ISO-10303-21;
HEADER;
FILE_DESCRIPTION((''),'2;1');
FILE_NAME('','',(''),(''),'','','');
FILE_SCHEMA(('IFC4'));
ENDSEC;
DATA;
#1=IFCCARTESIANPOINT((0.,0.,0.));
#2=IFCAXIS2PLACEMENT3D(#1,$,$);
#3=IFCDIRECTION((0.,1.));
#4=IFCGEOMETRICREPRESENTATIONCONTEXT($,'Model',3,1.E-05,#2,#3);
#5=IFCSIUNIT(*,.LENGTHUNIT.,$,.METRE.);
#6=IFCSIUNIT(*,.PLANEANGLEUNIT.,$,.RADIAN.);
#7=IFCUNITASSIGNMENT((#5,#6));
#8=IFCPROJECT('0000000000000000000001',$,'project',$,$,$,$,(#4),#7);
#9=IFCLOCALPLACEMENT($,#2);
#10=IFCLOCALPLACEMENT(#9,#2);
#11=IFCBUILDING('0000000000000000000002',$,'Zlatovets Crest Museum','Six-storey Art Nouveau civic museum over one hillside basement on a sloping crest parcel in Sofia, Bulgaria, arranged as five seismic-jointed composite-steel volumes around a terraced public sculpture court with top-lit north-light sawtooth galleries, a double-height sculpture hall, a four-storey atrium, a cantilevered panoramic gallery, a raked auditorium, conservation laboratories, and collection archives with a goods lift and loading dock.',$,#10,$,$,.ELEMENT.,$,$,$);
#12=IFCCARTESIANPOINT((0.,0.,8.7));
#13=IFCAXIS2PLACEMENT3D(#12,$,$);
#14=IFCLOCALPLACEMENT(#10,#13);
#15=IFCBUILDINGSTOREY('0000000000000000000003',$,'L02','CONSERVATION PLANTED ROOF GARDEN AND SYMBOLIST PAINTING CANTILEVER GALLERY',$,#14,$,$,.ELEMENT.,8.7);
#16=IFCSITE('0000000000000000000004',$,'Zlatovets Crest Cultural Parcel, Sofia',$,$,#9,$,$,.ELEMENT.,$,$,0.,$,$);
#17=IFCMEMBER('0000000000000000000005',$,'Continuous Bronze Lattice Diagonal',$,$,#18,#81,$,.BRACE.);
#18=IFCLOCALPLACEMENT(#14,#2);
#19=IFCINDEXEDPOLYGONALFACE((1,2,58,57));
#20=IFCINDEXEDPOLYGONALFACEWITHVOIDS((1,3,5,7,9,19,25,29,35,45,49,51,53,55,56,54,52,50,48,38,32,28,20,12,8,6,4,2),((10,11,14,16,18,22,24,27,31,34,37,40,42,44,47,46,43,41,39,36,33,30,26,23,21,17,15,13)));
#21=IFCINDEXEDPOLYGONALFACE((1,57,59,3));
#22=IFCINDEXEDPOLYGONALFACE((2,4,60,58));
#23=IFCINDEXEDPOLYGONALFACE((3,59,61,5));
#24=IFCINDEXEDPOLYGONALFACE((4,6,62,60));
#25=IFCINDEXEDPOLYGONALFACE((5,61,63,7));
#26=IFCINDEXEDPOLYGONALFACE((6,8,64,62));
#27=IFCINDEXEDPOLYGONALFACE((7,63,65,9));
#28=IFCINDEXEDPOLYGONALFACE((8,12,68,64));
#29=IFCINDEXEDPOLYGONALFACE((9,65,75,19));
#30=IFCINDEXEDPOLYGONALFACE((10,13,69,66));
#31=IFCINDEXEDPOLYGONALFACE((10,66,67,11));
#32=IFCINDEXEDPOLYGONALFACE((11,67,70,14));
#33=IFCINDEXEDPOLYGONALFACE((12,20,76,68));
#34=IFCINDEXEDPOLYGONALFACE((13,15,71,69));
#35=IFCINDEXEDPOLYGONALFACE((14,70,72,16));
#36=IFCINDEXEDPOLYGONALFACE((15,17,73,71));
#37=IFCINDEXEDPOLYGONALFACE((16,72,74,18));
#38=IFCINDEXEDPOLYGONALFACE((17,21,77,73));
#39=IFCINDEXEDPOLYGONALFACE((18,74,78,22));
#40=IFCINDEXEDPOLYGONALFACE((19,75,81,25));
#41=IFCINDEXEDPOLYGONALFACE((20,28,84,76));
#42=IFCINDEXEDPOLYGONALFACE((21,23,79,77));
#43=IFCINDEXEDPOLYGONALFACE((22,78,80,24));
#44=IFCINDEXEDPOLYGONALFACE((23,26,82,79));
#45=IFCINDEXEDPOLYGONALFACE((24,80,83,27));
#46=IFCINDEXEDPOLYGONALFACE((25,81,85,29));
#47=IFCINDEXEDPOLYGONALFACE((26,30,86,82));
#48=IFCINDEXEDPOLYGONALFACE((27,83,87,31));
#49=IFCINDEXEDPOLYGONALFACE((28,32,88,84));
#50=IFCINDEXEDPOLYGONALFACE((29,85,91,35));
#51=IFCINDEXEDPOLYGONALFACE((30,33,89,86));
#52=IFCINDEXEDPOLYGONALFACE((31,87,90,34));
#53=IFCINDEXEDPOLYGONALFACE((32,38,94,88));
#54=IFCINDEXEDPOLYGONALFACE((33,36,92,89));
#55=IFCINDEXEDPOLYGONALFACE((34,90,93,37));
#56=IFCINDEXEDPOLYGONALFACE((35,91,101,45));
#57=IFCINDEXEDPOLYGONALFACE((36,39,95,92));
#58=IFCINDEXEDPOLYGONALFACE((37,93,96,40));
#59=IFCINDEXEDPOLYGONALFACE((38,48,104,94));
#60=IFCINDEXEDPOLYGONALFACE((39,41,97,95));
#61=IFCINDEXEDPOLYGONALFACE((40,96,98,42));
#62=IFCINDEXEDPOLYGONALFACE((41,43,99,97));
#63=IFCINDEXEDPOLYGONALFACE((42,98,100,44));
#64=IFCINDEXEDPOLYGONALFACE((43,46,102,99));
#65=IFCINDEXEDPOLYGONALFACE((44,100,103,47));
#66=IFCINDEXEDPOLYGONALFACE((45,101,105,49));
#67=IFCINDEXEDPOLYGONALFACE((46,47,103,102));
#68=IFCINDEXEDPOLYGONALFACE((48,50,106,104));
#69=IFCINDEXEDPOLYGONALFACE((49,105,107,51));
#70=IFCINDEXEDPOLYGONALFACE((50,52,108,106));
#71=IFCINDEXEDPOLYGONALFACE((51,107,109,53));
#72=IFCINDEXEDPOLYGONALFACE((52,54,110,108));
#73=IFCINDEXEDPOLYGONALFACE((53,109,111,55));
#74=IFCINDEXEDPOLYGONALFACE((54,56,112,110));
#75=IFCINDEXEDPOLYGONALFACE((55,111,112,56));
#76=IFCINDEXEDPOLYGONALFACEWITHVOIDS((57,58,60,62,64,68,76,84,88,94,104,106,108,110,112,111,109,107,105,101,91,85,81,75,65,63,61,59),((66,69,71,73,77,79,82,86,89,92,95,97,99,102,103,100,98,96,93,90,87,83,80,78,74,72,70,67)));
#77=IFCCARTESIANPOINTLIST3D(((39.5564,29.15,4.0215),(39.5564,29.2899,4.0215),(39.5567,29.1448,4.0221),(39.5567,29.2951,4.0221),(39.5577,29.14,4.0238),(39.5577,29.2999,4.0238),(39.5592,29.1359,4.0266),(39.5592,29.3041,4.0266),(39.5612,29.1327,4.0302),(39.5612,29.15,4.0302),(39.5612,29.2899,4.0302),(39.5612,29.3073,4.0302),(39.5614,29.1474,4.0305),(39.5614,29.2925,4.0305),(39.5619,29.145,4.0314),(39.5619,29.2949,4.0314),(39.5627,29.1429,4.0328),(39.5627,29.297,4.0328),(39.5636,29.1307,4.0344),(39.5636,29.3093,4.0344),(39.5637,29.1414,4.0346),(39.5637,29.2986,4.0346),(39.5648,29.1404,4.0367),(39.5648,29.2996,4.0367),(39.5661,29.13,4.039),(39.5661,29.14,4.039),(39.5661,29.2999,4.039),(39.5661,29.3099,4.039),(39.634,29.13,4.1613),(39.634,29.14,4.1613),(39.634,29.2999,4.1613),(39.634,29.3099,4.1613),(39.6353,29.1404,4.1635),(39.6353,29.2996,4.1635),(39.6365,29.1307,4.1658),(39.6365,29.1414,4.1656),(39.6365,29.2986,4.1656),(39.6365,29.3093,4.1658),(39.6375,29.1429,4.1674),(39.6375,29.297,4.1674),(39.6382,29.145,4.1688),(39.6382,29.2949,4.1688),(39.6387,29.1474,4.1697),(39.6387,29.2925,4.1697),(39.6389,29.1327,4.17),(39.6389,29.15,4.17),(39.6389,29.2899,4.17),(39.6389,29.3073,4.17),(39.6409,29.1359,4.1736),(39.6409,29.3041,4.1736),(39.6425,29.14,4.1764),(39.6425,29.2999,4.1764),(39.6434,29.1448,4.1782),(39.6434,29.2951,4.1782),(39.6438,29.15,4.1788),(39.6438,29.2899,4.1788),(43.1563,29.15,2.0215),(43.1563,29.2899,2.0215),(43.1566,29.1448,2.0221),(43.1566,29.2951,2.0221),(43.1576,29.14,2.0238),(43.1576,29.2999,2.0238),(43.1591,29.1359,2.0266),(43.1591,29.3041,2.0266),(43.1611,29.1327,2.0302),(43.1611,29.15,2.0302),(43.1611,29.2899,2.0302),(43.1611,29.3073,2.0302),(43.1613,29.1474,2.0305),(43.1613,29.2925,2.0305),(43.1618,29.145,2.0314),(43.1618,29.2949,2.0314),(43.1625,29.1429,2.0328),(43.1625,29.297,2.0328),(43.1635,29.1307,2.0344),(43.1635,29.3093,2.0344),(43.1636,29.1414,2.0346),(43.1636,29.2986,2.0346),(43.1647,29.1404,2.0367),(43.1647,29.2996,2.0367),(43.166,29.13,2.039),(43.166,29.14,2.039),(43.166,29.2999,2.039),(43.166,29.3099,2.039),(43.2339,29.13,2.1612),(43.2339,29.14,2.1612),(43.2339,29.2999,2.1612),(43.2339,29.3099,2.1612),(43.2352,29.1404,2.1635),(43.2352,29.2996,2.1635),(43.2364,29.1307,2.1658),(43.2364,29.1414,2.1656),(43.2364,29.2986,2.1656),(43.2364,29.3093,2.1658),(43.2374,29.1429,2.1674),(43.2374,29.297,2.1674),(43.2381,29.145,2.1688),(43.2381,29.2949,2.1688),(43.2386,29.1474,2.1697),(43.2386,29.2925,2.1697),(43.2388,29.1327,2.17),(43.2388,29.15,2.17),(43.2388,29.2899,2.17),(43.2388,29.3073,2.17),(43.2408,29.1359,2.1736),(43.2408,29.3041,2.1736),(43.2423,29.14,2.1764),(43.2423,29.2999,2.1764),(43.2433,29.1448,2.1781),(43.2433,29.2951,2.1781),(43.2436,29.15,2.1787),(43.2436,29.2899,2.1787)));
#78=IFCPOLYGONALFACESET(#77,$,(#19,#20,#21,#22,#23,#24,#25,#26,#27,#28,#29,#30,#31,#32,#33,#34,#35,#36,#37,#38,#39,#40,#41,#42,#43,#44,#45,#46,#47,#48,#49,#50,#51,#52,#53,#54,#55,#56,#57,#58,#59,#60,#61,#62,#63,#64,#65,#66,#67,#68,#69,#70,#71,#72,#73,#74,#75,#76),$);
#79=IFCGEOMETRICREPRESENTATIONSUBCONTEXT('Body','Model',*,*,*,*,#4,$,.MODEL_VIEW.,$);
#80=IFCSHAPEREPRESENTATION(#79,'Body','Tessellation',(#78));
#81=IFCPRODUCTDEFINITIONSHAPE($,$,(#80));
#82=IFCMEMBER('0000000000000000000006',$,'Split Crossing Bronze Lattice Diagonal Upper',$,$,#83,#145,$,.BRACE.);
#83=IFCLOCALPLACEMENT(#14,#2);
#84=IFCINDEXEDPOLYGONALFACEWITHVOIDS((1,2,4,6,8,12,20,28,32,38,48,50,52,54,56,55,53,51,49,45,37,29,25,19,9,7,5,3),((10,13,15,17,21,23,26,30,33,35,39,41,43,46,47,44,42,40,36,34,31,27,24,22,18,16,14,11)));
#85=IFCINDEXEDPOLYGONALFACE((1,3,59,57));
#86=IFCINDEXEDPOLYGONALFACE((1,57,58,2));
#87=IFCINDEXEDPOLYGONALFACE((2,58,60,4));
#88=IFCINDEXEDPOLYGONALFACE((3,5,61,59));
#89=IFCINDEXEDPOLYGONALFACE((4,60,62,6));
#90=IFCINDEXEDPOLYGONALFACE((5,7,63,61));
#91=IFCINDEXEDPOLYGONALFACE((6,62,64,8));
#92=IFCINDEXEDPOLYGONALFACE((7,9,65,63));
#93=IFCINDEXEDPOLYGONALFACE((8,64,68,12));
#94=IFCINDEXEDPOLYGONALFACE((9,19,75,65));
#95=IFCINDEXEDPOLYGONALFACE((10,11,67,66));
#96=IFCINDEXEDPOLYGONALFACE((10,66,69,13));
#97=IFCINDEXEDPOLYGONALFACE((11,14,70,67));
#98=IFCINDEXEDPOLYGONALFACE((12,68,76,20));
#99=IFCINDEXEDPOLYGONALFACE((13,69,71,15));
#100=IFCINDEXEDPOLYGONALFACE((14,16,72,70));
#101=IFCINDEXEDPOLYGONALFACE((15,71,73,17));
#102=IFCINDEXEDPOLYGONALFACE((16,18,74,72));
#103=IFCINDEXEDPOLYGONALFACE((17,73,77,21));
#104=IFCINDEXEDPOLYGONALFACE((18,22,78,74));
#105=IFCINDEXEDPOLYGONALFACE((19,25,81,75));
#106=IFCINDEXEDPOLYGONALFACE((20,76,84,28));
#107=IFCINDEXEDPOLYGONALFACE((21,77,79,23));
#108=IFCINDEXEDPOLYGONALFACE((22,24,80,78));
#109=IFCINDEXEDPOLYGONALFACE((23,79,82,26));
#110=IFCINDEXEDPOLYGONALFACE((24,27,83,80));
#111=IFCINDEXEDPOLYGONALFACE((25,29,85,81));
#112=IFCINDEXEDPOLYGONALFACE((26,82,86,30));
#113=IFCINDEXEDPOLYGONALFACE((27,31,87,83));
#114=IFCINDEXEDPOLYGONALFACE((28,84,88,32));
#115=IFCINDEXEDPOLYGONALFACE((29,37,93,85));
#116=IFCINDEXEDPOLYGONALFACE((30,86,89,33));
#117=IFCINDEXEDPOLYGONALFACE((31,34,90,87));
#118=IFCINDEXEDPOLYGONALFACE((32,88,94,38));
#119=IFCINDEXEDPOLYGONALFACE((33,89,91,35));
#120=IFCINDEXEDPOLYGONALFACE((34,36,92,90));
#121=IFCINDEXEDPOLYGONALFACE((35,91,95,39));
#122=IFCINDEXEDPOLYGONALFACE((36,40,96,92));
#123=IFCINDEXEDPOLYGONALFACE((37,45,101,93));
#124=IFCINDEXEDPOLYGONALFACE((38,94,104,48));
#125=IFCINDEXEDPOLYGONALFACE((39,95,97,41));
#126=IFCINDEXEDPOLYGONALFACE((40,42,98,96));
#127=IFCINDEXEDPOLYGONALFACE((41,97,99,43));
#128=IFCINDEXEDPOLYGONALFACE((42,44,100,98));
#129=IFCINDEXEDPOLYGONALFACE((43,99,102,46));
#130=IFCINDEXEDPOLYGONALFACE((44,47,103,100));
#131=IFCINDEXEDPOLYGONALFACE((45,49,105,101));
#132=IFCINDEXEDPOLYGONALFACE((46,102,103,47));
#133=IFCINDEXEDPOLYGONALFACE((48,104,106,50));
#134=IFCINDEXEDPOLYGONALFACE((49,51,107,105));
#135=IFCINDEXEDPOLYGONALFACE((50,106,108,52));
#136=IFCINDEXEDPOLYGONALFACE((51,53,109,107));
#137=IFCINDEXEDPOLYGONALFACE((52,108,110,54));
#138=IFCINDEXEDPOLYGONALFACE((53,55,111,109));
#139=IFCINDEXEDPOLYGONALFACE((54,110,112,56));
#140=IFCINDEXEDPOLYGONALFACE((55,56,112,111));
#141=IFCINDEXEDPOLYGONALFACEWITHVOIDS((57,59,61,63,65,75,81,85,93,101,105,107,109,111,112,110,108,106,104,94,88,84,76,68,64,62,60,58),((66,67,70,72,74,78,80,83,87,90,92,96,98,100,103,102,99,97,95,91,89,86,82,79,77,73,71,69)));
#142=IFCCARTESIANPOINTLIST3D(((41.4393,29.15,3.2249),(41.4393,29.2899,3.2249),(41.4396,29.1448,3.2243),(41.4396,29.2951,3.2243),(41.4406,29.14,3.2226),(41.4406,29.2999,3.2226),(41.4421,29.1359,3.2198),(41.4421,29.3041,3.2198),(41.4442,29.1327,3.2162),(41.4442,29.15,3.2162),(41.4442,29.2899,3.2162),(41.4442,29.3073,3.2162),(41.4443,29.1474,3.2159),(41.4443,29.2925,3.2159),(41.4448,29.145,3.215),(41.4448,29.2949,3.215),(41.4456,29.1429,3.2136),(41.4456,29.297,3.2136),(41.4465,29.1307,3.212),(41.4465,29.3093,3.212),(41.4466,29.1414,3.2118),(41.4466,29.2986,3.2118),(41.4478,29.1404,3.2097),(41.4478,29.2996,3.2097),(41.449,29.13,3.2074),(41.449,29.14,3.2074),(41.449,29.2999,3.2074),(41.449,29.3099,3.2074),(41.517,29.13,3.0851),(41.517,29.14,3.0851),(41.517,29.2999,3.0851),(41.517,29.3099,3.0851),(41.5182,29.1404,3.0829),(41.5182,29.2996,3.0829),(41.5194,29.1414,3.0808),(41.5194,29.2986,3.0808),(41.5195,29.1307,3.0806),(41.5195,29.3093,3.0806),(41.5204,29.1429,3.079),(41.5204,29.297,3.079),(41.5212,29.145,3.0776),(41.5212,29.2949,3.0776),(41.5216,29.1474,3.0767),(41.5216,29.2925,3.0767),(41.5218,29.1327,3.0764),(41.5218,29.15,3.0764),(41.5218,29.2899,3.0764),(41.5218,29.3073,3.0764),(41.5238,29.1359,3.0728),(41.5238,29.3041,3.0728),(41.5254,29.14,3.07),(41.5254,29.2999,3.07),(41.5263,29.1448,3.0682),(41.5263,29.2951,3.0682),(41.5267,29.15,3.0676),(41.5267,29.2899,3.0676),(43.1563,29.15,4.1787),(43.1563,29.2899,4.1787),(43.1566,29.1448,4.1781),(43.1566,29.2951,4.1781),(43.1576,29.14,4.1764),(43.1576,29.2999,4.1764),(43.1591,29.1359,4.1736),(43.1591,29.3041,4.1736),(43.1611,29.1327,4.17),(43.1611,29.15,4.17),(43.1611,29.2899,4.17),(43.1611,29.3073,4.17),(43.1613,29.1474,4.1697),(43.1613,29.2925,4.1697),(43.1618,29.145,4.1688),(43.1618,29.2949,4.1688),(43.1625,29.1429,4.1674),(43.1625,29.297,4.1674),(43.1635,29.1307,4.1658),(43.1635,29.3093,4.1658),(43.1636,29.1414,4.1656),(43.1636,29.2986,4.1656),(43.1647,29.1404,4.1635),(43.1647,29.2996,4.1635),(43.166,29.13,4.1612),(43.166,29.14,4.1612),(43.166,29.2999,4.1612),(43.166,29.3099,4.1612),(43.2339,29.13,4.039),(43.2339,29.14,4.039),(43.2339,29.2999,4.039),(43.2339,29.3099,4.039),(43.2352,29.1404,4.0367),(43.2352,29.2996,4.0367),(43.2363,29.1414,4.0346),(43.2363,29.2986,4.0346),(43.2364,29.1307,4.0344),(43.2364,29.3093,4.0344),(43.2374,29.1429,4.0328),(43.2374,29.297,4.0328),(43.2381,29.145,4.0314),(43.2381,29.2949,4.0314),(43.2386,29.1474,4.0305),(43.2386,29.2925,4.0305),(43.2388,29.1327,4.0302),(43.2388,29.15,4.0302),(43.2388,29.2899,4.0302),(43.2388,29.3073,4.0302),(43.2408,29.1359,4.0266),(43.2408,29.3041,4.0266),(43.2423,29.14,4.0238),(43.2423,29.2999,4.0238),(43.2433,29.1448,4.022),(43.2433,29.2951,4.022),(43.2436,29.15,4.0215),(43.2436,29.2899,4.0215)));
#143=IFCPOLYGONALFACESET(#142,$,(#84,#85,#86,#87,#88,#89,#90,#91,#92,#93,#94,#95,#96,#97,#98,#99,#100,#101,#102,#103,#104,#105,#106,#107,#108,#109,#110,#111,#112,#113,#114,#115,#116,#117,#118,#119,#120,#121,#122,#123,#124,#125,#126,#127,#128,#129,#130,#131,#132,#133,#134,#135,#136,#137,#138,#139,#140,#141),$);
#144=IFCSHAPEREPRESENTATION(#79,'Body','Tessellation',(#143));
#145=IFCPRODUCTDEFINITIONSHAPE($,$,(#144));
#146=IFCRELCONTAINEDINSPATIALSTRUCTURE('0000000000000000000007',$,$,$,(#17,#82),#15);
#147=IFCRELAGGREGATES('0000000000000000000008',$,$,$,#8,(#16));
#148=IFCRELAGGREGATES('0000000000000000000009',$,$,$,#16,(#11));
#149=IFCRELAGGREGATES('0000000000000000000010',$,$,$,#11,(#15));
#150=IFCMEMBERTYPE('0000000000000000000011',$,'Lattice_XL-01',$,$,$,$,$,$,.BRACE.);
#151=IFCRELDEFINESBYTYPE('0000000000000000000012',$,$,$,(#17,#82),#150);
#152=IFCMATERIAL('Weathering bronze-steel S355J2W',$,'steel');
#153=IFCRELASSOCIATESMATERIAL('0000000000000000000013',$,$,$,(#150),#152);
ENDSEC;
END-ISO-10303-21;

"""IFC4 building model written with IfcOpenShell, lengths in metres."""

from ifc_helpers import new_model, si_unit, direction, frame, origin, origin_2d, place, context, subcontext, project, spatial, hollow_rectangle, extrude, material, material_profile, profile_set, type_object, element, save


model = new_model("IFC4")

# Units and contexts
model_context = context("Model", 3, precision=1e-05, world=origin(), true_north=direction((0.0, 1.0)))
body_context = subcontext(model_context, "Body", "Model", "MODEL_VIEW")
ifc_project = project(units=[si_unit("LENGTHUNIT", "METRE"), si_unit("PLANEANGLEUNIT", "RADIAN")], contexts=[model_context])

# Site, building, storey
site_placement = place(None, origin())
site = spatial("IfcSite", under=ifc_project, at=site_placement, Name="Zlatovets Crest Cultural Parcel, Sofia", CompositionType="ELEMENT", RefElevation=0.0)
building_placement = place(site_placement, origin())
building = spatial("IfcBuilding", under=site, at=building_placement, Name="Zlatovets Crest Museum", Description="Six-storey Art Nouveau civic museum over one hillside basement on a sloping crest parcel in Sofia, Bulgaria, arranged as five seismic-jointed composite-steel volumes around a terraced public sculpture court with top-lit north-light sawtooth galleries, a double-height sculpture hall, a four-storey atrium, a cantilevered panoramic gallery, a raked auditorium, conservation laboratories, and collection archives with a goods lift and loading dock.", CompositionType="ELEMENT")
storey_placement = place(building_placement, frame((0.0, 0.0, 8.7)))
storey = spatial("IfcBuildingStorey", under=building, at=storey_placement, Name="L02", Description="CONSERVATION PLANTED ROOF GARDEN AND SYMBOLIST PAINTING CANTILEVER GALLERY", CompositionType="ELEMENT", Elevation=8.7)

# Members
ifc_material_1 = material(Name="Weathering bronze-steel S355J2W", Category="steel")
ifc_material_profile_1 = material_profile(ifc_material_1, hollow_rectangle(XDim=0.1799, YDim=0.1799, WallThickness=0.01, InnerFilletRadius=0.01, OuterFilletRadius=0.02, at=origin_2d()), Name="SHS 180x180x10.0")
ifc_profile_set_1 = profile_set([ifc_material_profile_1], Name="Weathering bronze-steel S355J2W")
member_type_1 = type_object("IfcMemberType", Name="Lattice_XL-01", PredefinedType="BRACE", material=ifc_profile_set_1)
member_1_placement = place(storey_placement, frame((43.2, 29.22, 2.1001), z_axis=(-0.874149, 0.0, 0.485658), x_axis=(0.0, -1.0, 0.0)))
element("IfcMember", 1, at=member_1_placement, inside=storey, type_object=member_type_1, Name="Continuous Bronze Lattice Diagonal", PredefinedType="BRACE", context=body_context, shape_type="SweptSolid", body=[
    extrude(hollow_rectangle(XDim=0.1799, YDim=0.1799, WallThickness=0.01, InnerFilletRadius=0.01, OuterFilletRadius=0.02, at=origin_2d()), origin(), (0.0, 0.0, 1.0), 4.1182),
])
member_2_placement = place(storey_placement, frame((43.2, 29.22, 4.1001), z_axis=(-0.874169, 0.0, -0.485622), x_axis=(0.0, -1.0, 0.0)))
element("IfcMember", 2, at=member_2_placement, inside=storey, type_object=member_type_1, Name="Split Crossing Bronze Lattice Diagonal Upper", PredefinedType="BRACE", context=body_context, shape_type="SweptSolid", body=[
    extrude(hollow_rectangle(XDim=0.1799, YDim=0.1799, WallThickness=0.01, InnerFilletRadius=0.01, OuterFilletRadius=0.02, at=origin_2d()), origin(), (0.0, 0.0, 1.0), 1.9641),
])

save(model, "model.ifc")
